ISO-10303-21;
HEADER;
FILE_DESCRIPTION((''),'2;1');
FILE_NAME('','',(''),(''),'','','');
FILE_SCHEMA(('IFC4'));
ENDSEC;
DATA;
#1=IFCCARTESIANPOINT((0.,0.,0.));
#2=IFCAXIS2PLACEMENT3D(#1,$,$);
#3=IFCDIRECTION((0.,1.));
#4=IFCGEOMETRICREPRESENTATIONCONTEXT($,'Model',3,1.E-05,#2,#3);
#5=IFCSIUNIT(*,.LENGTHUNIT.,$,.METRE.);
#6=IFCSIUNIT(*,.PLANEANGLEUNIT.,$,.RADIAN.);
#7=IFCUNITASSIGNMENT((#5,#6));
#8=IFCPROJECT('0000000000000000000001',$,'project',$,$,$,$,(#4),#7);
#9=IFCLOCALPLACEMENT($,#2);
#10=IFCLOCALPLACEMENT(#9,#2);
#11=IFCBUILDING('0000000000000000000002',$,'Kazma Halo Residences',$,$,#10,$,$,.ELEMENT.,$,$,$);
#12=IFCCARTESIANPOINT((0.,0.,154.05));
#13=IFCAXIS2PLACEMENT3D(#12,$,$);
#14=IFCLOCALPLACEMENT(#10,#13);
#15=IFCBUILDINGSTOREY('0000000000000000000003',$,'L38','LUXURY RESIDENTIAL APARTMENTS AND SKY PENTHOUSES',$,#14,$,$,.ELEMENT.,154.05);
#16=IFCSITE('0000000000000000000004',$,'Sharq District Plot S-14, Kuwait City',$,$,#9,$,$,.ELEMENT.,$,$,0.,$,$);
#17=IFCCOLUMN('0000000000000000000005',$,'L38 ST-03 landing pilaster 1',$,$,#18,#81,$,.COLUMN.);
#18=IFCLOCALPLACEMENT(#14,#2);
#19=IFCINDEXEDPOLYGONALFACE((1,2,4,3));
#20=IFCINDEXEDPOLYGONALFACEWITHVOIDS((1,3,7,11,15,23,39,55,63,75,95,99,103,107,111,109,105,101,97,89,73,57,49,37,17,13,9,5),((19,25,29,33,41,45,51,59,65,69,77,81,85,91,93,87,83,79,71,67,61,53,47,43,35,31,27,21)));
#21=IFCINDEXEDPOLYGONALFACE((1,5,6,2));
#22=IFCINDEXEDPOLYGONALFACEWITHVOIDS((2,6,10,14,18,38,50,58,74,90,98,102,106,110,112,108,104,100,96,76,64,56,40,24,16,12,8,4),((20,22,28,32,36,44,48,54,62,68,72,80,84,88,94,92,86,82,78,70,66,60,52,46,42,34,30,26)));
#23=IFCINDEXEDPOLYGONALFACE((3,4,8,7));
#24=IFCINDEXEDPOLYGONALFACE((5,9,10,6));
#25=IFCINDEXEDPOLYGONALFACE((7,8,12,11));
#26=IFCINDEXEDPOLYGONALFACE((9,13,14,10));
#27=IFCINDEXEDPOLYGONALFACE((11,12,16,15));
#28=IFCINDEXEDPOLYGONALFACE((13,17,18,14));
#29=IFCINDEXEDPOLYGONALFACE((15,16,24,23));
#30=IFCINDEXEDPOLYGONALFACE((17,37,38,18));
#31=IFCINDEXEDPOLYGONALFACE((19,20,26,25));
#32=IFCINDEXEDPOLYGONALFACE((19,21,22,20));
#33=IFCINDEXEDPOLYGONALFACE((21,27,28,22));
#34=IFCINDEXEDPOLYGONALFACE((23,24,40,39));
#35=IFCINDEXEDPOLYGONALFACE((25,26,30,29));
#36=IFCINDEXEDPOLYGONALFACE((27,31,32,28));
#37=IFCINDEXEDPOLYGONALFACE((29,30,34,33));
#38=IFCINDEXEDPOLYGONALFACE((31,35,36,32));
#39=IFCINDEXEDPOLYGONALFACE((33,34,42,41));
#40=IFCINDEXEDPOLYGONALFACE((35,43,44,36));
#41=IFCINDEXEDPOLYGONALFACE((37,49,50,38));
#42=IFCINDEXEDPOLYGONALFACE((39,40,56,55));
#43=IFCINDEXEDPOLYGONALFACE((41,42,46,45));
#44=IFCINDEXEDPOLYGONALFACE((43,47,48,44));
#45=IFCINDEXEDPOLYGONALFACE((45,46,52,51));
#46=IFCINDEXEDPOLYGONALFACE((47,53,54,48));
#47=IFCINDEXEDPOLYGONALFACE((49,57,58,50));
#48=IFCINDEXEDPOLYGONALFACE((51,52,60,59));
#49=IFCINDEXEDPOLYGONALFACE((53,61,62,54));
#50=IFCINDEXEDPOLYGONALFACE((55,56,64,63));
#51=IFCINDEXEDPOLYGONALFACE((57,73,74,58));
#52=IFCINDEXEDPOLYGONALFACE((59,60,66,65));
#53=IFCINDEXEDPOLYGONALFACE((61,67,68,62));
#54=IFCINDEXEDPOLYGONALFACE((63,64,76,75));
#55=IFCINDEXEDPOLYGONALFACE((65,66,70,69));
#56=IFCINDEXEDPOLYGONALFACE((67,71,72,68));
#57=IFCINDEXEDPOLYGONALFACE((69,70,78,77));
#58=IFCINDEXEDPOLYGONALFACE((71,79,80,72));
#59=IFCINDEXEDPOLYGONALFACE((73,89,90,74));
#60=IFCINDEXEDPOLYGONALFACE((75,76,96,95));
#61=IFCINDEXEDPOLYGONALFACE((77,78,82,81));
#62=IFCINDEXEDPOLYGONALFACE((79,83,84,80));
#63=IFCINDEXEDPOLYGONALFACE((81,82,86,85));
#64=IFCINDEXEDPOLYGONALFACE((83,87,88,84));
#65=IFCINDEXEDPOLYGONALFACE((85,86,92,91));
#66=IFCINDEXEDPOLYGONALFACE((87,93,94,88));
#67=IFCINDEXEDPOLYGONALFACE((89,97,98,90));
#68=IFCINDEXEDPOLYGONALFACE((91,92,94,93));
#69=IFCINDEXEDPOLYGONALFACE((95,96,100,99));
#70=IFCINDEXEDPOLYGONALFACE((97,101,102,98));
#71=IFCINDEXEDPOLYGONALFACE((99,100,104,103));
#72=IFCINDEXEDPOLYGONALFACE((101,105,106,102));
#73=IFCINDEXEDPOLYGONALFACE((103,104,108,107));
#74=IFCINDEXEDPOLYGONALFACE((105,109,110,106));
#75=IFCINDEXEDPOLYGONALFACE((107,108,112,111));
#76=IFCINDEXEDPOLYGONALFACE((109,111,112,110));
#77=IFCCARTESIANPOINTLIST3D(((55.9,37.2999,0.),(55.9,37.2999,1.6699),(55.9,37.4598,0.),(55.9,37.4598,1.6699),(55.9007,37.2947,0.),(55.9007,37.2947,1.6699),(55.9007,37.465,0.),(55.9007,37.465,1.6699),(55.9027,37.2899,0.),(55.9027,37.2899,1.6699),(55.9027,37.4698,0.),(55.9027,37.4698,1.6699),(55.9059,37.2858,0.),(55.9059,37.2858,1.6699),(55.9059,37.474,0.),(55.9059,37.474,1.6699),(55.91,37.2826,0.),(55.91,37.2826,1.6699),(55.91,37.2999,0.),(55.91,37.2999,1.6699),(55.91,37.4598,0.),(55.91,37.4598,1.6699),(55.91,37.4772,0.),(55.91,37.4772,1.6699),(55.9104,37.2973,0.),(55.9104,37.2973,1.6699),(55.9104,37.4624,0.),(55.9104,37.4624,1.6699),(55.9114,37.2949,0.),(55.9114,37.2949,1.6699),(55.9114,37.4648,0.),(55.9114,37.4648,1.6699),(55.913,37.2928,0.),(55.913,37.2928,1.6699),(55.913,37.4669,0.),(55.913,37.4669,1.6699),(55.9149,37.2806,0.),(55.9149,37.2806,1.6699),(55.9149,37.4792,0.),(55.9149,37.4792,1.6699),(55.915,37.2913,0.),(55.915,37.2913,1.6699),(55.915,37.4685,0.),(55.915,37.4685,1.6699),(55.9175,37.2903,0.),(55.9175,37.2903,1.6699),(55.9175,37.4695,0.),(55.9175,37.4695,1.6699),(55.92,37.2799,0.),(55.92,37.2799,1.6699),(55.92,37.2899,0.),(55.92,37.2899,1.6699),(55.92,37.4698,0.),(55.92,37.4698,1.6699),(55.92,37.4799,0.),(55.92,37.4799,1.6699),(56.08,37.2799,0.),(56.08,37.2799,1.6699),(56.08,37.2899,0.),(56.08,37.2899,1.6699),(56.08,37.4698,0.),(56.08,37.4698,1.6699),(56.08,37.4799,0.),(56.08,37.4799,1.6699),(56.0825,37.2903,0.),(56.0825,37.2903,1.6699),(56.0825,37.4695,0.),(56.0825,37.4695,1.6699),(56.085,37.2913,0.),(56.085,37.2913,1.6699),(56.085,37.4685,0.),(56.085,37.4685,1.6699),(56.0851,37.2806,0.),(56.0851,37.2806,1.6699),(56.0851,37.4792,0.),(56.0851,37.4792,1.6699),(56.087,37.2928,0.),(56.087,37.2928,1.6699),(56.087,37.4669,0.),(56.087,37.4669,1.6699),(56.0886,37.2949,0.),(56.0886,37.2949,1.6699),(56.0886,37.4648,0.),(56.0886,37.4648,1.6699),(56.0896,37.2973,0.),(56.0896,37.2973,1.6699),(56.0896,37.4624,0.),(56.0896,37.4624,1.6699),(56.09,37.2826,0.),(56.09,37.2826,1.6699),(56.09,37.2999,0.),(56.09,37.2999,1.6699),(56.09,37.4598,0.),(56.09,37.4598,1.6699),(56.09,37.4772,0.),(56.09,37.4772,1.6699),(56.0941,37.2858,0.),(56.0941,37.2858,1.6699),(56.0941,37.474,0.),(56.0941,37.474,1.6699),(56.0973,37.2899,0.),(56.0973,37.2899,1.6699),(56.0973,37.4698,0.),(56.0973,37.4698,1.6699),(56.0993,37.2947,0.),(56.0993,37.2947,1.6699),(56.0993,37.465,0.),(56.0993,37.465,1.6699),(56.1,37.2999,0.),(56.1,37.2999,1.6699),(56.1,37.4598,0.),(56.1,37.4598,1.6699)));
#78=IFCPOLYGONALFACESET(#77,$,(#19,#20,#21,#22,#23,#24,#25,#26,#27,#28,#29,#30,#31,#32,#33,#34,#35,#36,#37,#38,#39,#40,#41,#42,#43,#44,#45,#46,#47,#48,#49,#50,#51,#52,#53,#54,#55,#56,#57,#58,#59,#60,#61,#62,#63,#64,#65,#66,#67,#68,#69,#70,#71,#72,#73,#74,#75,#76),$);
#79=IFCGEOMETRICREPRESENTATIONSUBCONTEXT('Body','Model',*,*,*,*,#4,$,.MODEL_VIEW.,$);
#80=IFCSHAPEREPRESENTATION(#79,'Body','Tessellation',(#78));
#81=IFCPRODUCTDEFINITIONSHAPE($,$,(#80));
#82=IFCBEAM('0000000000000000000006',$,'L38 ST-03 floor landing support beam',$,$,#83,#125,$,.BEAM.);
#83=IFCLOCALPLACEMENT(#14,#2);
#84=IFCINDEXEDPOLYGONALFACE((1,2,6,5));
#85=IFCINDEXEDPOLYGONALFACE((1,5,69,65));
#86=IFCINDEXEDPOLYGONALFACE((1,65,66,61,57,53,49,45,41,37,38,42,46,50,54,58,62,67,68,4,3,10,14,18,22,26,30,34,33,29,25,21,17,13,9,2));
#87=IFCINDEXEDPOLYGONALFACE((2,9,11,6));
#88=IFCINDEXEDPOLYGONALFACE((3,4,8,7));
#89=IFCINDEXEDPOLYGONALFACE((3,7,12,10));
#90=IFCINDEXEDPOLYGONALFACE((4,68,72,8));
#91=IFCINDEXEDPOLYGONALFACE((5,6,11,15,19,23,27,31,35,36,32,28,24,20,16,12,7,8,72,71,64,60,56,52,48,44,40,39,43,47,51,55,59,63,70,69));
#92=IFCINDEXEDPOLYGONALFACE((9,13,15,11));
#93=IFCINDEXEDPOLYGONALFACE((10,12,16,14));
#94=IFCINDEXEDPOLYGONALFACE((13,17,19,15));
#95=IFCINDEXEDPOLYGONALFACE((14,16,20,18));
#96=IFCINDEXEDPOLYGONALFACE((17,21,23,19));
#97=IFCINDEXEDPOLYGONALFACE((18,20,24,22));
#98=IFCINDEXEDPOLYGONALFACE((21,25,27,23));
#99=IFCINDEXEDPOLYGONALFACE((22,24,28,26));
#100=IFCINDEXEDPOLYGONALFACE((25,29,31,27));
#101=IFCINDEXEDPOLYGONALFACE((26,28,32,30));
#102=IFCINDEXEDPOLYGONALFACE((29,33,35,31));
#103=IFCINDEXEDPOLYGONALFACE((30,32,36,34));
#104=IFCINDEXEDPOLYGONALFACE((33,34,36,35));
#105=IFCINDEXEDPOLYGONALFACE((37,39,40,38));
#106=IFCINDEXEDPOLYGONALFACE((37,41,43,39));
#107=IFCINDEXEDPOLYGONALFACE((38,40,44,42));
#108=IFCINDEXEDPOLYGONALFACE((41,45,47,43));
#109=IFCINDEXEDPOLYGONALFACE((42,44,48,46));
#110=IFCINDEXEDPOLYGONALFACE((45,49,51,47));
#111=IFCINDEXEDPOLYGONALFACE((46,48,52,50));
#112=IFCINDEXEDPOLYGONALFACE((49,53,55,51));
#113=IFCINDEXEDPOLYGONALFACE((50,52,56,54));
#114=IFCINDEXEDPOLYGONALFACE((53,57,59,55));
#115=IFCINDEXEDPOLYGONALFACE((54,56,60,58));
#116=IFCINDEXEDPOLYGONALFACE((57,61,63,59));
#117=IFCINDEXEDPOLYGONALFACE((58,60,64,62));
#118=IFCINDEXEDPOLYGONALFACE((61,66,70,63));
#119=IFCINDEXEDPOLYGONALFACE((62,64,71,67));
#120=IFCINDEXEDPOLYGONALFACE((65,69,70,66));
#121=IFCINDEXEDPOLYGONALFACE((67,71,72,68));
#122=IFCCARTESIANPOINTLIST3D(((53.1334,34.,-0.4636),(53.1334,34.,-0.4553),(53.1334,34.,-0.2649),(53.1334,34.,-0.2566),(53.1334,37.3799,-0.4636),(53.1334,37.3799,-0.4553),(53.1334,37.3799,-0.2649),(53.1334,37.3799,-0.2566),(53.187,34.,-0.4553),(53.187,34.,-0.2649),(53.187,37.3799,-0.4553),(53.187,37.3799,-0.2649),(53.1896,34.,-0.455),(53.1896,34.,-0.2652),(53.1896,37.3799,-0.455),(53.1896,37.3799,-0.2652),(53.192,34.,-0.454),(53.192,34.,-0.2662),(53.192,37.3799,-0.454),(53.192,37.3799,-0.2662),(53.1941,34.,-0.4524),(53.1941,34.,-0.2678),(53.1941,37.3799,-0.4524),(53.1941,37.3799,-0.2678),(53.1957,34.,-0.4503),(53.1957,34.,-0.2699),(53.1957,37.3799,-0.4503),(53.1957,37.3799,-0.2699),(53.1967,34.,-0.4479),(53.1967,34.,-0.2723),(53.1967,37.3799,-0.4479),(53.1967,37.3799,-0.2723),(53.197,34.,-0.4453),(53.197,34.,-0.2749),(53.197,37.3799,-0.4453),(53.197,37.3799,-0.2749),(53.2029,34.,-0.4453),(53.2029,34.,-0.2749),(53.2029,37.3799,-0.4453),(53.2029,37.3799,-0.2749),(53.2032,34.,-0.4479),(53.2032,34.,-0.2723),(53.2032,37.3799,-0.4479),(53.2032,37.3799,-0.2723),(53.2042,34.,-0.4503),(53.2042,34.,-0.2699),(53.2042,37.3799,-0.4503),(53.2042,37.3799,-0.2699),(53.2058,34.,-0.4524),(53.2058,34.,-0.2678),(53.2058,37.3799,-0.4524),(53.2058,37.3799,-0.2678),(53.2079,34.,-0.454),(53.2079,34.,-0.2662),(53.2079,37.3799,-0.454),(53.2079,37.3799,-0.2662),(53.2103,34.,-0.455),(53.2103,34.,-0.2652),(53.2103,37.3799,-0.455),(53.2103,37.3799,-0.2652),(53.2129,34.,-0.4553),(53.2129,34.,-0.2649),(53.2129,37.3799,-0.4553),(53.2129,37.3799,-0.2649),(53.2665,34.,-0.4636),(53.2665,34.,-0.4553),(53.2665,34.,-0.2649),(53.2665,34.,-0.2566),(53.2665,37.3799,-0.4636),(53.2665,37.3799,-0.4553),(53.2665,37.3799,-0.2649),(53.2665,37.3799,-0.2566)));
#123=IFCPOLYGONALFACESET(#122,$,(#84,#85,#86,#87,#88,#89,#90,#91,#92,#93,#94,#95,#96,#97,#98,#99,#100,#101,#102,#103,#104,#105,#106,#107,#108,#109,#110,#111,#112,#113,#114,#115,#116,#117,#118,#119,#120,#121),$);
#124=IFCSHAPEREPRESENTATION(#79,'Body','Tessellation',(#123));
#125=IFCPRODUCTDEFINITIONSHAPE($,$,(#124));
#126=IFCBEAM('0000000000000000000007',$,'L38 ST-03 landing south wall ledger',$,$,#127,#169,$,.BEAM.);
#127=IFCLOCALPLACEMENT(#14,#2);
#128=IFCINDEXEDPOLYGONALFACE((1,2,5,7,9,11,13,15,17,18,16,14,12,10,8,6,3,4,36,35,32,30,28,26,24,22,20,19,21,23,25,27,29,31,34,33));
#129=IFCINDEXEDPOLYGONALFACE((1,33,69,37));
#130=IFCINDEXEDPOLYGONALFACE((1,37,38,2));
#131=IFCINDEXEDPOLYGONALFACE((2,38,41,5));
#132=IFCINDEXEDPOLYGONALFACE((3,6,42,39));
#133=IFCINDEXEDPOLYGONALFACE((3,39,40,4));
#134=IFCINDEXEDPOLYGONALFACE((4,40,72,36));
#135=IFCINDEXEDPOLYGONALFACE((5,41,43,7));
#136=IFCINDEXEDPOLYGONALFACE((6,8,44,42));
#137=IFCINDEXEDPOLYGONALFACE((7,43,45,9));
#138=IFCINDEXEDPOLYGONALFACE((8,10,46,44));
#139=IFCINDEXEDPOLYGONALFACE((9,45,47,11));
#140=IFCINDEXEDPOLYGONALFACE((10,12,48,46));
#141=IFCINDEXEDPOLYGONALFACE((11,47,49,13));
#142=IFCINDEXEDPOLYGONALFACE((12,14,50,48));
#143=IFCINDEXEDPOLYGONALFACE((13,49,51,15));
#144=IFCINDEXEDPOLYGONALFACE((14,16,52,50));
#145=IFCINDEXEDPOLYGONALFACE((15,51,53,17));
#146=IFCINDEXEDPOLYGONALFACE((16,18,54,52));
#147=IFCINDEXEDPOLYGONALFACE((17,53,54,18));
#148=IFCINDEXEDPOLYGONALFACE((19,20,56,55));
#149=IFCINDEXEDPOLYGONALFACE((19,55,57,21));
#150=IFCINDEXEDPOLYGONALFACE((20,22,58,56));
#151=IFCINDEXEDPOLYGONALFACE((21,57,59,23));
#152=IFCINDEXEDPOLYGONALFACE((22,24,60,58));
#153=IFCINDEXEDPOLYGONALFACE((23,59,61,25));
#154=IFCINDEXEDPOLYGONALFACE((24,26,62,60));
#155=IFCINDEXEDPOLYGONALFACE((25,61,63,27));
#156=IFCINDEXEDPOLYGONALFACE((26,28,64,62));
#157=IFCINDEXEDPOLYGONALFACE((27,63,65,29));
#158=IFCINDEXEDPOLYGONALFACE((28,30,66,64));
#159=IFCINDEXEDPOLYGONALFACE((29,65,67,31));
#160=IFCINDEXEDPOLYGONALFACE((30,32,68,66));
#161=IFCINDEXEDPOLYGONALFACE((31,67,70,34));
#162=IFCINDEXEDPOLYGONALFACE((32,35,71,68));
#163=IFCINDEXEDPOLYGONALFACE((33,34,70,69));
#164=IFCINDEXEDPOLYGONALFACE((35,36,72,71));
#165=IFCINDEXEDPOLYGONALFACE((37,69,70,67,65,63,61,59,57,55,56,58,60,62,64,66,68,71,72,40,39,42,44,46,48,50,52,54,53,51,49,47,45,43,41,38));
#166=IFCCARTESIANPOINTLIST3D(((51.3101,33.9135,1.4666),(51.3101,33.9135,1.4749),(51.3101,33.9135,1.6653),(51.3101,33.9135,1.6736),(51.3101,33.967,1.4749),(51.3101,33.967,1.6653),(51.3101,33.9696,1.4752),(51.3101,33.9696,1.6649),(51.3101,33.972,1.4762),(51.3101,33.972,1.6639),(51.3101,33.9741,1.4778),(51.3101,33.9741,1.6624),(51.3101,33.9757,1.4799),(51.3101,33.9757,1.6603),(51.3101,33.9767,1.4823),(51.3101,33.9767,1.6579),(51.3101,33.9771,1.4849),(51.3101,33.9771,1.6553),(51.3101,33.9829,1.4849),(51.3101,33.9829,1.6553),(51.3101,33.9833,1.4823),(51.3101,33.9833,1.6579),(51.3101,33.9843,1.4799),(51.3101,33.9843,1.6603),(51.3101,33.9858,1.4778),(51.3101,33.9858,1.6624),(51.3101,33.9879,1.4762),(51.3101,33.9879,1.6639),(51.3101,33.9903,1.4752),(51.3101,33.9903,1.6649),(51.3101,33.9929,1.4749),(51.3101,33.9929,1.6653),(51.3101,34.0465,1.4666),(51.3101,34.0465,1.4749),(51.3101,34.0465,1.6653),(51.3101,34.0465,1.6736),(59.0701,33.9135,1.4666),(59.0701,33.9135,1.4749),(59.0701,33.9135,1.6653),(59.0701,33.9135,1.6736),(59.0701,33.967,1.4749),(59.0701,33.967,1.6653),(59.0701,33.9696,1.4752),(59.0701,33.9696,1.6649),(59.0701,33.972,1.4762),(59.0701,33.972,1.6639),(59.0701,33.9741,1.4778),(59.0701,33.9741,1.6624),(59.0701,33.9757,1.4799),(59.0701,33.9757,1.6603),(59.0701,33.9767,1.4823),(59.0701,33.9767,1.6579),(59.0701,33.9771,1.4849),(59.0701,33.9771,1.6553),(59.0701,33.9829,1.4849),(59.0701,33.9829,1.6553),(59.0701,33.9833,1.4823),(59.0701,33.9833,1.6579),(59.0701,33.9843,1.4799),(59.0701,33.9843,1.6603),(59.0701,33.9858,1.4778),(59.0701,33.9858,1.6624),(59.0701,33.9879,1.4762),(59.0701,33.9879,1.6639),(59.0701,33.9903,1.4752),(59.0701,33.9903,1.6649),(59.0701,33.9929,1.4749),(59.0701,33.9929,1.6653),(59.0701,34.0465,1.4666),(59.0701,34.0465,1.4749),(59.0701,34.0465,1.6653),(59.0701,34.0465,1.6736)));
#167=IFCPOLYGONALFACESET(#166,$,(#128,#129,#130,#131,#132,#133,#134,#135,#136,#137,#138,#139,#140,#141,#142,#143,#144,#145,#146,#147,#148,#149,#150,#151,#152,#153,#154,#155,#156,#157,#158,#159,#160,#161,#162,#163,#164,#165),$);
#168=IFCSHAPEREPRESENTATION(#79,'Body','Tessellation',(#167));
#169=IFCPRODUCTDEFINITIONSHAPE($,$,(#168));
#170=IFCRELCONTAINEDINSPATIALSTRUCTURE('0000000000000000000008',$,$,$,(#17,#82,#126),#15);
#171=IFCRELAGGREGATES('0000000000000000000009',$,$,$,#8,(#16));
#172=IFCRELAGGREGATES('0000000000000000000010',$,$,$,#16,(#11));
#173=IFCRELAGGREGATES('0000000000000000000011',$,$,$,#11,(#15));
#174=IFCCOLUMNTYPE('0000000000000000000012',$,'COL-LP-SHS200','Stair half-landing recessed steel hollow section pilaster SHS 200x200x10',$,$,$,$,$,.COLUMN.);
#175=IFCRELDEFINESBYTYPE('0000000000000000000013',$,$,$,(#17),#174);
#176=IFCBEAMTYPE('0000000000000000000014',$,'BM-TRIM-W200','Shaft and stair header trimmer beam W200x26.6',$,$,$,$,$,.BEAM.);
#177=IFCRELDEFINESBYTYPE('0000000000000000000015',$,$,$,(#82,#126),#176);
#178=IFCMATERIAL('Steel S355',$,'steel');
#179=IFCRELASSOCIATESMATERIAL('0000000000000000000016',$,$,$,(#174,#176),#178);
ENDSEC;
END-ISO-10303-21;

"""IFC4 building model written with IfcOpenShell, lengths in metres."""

from ifc_helpers import new_model, si_unit, direction, frame, origin, origin_2d, place, context, subcontext, project, spatial, hollow_rectangle, i_section, extrude, material, material_profile, profile_set, type_object, element, save


model = new_model("IFC4")

# Units and contexts
model_context = context("Model", 3, precision=1e-05, world=origin(), true_north=direction((0.0, 1.0)))
body_context = subcontext(model_context, "Body", "Model", "MODEL_VIEW")
ifc_project = project(units=[si_unit("LENGTHUNIT", "METRE"), si_unit("PLANEANGLEUNIT", "RADIAN")], contexts=[model_context])

# Site, building, storey
site_placement = place(None, origin())
site = spatial("IfcSite", under=ifc_project, at=site_placement, Name="Sharq District Plot S-14, Kuwait City", CompositionType="ELEMENT", RefElevation=0.0)
building_placement = place(site_placement, origin())
building = spatial("IfcBuilding", under=site, at=building_placement, Name="Kazma Halo Residences", CompositionType="ELEMENT")
storey_placement = place(building_placement, frame((0.0, 0.0, 154.05)))
storey = spatial("IfcBuildingStorey", under=building, at=storey_placement, Name="L38", Description="LUXURY RESIDENTIAL APARTMENTS AND SKY PENTHOUSES", CompositionType="ELEMENT", Elevation=154.05)

# Column
ifc_material_1 = material(Name="Steel S355", Category="steel")
ifc_material_profile_1 = material_profile(ifc_material_1, hollow_rectangle(XDim=0.2, YDim=0.2, WallThickness=0.01, InnerFilletRadius=0.01, OuterFilletRadius=0.02, at=origin_2d()), Name="SHS200x200x10")
ifc_profile_set_1 = profile_set([ifc_material_profile_1], Name="Steel S355")
column_type = type_object("IfcColumnType", Name="COL-LP-SHS200", Description="Stair half-landing recessed steel hollow section pilaster SHS 200x200x10", PredefinedType="COLUMN", material=ifc_profile_set_1)
column_placement = place(storey_placement, frame((56.0, 37.3799, 0.0), z_axis=(0.0, 0.0, 1.0), x_axis=(1.0, 0.0, 0.0)))
element("IfcColumn", 1, at=column_placement, inside=storey, type_object=column_type, Name="L38 ST-03 landing pilaster 1", PredefinedType="COLUMN", context=body_context, shape_type="SweptSolid", body=[
    extrude(hollow_rectangle(XDim=0.2, YDim=0.2, WallThickness=0.01, InnerFilletRadius=0.01, OuterFilletRadius=0.02, at=origin_2d()), origin(), (0.0, 0.0, 1.0), 1.6699),
])

# Beams
ifc_material_profile_2 = material_profile(ifc_material_1, i_section(OverallWidth=0.1331, OverallDepth=0.207, WebThickness=0.0059, FlangeThickness=0.0083, FilletRadius=0.01, at=origin_2d()), Name="W200x26.6")
ifc_profile_set_2 = profile_set([ifc_material_profile_2], Name="Steel S355")
beam_type = type_object("IfcBeamType", Name="BM-TRIM-W200", Description="Shaft and stair header trimmer beam W200x26.6", PredefinedType="BEAM", material=ifc_profile_set_2)
beam_1_placement = place(storey_placement, frame((53.2, 34.0, -0.3601), z_axis=(0.0, 1.0, 0.0), x_axis=(-1.0, 0.0, 0.0)))
element("IfcBeam", 2, at=beam_1_placement, inside=storey, type_object=beam_type, Name="L38 ST-03 floor landing support beam", PredefinedType="BEAM", context=body_context, shape_type="SweptSolid", body=[
    extrude(i_section(OverallWidth=0.1331, OverallDepth=0.207, WebThickness=0.0059, FlangeThickness=0.0083, FilletRadius=0.01, at=origin_2d()), origin(), (0.0, 0.0, 1.0), 3.3799),
])
beam_2_placement = place(storey_placement, frame((51.3101, 33.98, 1.5701), z_axis=(1.0, 0.0, 0.0), x_axis=(0.0, 1.0, 0.0)))
element("IfcBeam", 3, at=beam_2_placement, inside=storey, type_object=beam_type, Name="L38 ST-03 landing south wall ledger", PredefinedType="BEAM", context=body_context, shape_type="SweptSolid", body=[
    extrude(i_section(OverallWidth=0.1331, OverallDepth=0.207, WebThickness=0.0059, FlangeThickness=0.0083, FilletRadius=0.01, at=origin_2d()), origin(), (0.0, 0.0, 1.0), 7.76),
])

save(model, "model.ifc")
